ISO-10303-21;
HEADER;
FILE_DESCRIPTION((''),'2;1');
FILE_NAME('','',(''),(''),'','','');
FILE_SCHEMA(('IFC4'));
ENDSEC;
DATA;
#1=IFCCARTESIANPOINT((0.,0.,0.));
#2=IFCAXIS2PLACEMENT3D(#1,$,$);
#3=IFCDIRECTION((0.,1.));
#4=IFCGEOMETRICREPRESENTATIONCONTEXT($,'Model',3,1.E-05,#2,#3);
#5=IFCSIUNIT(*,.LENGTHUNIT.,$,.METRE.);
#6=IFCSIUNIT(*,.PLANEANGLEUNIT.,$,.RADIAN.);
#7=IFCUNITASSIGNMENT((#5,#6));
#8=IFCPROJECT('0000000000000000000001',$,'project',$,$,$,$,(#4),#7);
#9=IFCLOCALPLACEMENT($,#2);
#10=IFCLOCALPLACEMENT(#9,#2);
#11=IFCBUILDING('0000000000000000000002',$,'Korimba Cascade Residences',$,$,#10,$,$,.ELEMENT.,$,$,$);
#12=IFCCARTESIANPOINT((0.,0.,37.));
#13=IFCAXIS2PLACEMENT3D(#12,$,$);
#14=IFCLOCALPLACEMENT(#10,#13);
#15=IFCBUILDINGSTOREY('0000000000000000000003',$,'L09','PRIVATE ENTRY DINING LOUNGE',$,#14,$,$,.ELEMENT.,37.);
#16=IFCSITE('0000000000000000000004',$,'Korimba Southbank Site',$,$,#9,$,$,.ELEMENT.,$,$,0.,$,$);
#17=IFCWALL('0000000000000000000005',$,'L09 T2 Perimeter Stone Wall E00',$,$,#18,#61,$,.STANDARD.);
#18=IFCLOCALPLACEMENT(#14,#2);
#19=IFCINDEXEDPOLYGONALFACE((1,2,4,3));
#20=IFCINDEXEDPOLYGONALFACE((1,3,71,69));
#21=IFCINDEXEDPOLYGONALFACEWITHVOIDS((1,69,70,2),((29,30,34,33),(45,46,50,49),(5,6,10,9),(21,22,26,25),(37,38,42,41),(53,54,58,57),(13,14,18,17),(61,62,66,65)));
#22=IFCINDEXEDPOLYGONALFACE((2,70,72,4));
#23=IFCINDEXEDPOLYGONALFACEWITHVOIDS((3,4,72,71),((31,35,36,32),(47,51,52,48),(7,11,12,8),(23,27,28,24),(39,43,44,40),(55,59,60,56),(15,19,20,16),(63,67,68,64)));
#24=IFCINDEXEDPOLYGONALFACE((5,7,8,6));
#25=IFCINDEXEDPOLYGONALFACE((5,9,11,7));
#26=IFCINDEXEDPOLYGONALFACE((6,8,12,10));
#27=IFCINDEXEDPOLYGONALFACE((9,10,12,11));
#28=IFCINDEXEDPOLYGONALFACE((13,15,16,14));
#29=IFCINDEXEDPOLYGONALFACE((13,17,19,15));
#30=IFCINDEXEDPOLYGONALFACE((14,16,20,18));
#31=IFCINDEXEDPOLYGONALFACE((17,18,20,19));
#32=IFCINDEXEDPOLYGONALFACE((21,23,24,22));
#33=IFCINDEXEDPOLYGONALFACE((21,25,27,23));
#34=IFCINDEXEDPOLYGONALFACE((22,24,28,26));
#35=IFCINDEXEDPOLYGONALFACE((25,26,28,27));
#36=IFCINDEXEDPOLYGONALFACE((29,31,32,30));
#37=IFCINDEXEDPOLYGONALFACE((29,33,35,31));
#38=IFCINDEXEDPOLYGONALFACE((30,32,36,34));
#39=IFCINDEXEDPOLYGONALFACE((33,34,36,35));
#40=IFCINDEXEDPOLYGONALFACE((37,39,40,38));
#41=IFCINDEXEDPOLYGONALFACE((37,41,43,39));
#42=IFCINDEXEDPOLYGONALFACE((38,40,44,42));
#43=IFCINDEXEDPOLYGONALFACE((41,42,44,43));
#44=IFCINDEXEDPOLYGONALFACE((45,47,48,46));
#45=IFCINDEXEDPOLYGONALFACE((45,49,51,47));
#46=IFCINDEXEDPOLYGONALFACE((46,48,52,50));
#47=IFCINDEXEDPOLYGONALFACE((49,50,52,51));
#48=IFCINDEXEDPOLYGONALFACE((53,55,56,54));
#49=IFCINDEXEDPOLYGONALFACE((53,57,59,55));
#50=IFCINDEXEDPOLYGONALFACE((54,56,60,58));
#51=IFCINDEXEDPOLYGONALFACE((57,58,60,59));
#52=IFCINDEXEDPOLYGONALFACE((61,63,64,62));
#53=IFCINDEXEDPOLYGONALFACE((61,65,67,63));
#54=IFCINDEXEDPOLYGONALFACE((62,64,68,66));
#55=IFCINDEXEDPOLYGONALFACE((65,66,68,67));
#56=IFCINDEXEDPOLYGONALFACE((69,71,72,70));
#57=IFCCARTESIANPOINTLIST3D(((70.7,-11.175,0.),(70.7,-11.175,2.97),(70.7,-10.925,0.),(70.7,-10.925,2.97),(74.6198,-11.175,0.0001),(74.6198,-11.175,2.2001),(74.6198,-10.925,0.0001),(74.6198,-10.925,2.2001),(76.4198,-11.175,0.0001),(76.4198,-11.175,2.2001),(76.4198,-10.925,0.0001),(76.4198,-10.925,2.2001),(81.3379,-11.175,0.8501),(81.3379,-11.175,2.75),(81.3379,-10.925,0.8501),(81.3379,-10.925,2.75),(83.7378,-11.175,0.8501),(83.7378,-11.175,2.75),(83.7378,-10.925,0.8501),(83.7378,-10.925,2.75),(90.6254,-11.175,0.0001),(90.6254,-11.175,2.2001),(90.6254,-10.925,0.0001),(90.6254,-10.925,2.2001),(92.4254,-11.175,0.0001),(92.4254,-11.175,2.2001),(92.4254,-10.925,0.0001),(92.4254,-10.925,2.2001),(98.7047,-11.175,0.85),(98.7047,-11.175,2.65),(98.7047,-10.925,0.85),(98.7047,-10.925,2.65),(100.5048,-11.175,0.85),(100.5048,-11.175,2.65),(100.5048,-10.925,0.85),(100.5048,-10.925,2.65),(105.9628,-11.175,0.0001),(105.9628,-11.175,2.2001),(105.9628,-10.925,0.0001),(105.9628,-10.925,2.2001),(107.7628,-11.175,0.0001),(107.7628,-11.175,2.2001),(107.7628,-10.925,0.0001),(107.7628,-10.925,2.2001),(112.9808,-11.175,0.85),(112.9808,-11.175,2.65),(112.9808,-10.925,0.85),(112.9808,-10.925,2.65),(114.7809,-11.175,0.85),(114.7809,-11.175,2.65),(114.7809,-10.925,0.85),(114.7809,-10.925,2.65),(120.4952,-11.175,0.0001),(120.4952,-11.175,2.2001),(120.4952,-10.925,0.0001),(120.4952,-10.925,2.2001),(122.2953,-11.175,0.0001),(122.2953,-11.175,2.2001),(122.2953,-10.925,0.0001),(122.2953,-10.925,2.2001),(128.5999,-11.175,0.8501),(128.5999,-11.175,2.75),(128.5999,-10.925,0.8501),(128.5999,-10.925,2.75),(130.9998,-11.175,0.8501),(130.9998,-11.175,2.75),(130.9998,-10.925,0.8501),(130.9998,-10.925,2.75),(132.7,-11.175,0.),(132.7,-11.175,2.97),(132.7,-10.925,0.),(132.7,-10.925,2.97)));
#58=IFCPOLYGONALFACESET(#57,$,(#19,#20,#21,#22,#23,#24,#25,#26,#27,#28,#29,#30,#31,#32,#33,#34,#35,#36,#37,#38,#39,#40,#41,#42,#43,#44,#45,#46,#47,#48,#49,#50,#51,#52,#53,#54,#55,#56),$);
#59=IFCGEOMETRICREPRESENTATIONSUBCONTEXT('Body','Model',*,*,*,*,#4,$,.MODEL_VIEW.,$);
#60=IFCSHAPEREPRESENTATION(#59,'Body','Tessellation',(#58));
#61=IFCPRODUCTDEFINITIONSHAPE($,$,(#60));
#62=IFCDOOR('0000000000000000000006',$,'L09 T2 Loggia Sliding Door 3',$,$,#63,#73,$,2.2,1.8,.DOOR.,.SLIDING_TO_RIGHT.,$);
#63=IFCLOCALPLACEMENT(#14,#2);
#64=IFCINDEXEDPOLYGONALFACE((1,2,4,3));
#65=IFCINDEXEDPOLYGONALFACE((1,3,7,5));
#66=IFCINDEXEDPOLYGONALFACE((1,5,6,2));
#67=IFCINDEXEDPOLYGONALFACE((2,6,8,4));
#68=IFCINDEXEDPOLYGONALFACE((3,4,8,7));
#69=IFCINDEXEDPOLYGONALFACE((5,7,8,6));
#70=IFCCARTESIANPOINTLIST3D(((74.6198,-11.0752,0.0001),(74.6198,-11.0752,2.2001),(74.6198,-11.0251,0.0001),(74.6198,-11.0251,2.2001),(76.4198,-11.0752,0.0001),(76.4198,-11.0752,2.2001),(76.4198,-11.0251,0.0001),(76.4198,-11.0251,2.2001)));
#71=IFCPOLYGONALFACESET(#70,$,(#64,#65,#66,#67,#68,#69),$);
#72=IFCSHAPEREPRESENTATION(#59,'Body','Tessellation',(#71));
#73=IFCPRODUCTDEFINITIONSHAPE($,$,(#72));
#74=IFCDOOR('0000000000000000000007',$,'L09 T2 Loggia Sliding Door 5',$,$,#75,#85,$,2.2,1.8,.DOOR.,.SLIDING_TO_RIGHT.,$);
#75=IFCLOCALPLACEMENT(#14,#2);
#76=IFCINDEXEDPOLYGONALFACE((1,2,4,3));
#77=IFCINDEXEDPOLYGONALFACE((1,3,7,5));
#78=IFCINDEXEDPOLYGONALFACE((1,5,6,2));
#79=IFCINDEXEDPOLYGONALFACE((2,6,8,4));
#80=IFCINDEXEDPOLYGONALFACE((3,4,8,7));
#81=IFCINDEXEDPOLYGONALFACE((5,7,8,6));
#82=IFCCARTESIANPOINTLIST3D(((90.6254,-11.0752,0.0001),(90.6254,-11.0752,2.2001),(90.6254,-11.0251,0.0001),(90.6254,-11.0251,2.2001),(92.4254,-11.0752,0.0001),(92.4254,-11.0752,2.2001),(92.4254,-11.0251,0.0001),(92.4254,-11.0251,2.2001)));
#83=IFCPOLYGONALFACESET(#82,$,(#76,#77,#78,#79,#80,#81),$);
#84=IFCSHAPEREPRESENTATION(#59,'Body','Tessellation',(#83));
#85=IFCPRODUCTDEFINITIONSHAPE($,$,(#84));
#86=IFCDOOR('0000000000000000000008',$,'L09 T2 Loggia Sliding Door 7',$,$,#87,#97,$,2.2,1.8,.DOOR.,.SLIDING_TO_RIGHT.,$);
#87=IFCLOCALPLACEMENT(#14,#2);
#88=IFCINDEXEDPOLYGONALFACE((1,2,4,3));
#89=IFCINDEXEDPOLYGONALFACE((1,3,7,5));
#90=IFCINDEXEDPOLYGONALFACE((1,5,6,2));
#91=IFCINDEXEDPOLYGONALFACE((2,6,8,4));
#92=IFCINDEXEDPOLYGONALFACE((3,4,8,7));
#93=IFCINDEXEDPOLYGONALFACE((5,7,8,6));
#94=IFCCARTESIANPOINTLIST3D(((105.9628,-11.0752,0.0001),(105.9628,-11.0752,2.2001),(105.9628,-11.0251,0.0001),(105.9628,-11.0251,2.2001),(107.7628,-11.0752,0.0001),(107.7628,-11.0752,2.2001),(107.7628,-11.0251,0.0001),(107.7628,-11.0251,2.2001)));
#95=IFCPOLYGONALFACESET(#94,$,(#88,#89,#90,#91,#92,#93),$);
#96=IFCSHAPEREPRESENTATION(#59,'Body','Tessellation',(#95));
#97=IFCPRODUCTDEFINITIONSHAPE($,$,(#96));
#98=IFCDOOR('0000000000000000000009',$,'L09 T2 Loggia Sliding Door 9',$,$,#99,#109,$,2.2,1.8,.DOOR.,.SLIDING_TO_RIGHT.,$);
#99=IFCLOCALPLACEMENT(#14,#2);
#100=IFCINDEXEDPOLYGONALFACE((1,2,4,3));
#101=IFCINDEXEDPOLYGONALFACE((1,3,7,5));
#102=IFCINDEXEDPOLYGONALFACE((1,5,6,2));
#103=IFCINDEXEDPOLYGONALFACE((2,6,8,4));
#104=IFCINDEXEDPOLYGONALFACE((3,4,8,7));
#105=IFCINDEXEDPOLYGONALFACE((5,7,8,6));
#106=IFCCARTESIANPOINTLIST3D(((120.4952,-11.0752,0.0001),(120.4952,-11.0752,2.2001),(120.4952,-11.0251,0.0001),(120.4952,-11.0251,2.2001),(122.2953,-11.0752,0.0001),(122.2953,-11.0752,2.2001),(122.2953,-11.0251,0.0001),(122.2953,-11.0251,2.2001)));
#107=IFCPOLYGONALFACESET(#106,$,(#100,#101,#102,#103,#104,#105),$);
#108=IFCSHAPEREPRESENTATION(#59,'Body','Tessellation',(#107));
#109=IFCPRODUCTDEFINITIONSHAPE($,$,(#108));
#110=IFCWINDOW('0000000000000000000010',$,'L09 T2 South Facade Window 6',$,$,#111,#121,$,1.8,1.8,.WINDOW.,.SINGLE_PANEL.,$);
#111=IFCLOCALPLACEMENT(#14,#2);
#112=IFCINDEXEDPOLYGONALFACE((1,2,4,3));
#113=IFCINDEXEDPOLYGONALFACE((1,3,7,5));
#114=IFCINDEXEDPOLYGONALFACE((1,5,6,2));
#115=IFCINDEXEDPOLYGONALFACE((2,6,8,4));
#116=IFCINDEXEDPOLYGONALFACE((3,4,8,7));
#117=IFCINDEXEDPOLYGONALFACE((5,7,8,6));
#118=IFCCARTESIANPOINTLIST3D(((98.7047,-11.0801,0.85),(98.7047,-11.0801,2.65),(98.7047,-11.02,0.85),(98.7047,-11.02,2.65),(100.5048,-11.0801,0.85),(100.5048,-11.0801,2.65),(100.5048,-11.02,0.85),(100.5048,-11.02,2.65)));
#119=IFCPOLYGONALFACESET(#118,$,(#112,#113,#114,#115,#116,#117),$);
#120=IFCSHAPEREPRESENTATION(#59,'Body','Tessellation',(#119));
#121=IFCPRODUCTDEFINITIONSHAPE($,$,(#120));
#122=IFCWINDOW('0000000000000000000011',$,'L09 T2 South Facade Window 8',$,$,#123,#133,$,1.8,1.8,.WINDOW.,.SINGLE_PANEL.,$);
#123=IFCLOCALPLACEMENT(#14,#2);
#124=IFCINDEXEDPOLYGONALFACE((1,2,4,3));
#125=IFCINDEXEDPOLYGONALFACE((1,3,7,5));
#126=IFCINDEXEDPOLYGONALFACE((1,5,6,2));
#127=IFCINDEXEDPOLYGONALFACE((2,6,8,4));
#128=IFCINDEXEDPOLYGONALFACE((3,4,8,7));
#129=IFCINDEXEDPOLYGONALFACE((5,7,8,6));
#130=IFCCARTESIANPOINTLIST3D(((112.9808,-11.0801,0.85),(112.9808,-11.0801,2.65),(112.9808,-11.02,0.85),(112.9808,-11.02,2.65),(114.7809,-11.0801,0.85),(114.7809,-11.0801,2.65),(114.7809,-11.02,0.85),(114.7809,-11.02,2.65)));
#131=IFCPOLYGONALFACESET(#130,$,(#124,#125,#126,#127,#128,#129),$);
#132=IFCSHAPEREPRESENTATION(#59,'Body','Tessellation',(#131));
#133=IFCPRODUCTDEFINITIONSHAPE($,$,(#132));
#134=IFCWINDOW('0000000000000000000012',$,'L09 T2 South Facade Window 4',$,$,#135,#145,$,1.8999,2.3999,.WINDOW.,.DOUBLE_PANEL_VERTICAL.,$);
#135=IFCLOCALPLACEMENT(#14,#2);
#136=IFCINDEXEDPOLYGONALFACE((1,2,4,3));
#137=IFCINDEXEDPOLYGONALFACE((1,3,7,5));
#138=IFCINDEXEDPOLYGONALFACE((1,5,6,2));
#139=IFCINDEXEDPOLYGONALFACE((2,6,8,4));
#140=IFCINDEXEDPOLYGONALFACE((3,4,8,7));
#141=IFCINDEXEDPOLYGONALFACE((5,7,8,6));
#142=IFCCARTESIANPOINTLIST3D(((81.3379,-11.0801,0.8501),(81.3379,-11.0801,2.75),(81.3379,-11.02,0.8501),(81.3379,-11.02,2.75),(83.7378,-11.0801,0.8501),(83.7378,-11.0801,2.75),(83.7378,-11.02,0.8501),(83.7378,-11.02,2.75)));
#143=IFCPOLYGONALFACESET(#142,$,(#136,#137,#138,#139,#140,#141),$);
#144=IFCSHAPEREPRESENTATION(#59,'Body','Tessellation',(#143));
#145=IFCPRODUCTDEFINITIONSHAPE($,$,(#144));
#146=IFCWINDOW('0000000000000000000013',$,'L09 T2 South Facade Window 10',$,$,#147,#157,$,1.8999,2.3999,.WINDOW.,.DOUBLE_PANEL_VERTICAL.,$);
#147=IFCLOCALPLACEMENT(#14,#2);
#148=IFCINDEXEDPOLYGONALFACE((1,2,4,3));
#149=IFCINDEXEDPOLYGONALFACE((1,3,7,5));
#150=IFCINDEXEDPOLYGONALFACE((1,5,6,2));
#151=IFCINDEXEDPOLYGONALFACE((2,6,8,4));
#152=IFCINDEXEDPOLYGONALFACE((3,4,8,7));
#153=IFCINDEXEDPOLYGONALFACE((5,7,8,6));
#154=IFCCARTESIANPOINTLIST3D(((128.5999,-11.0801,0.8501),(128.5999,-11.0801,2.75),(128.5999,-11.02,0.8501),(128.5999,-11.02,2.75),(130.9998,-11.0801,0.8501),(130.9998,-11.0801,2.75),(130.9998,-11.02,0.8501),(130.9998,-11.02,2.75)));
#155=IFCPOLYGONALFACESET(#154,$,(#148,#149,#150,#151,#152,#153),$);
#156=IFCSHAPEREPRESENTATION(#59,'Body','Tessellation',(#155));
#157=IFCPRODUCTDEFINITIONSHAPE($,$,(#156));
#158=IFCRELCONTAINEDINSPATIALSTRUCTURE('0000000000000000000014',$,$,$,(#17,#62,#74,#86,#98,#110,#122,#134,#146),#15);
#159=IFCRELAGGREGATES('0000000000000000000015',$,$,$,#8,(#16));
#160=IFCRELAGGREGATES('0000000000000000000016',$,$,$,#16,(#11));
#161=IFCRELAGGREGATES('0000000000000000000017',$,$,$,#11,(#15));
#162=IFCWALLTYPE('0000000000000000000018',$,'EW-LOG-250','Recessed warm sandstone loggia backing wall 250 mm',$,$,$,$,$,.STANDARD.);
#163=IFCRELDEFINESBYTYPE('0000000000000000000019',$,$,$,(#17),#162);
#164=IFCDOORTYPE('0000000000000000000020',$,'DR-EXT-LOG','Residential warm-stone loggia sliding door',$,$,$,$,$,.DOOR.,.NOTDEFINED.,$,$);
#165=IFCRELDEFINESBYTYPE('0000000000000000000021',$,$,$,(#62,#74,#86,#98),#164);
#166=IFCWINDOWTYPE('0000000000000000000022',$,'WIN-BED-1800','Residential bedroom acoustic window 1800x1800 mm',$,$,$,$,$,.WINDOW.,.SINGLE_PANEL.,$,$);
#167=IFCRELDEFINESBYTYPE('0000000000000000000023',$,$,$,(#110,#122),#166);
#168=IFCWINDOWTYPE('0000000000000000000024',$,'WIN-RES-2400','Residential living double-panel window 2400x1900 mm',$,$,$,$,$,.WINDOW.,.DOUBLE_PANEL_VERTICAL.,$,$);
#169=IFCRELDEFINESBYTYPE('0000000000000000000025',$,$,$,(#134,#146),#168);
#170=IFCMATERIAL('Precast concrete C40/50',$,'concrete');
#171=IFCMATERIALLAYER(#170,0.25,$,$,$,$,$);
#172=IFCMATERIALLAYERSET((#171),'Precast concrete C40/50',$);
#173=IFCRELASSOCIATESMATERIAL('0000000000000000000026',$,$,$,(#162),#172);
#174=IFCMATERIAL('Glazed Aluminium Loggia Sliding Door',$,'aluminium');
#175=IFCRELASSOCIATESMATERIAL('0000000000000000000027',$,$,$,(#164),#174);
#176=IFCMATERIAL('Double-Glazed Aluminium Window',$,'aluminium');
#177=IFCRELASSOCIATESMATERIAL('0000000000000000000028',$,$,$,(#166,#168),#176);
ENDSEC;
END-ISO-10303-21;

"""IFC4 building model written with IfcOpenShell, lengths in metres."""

from ifc_helpers import new_model, si_unit, direction, frame, frame_2d, origin, place, context, subcontext, project, spatial, rectangle, extrude, material, layer, layer_set, type_object, element, fill, save


model = new_model("IFC4")

# Units and contexts
model_context = context("Model", 3, precision=1e-05, world=origin(), true_north=direction((0.0, 1.0)))
body_context = subcontext(model_context, "Body", "Model", "MODEL_VIEW")
ifc_project = project(units=[si_unit("LENGTHUNIT", "METRE"), si_unit("PLANEANGLEUNIT", "RADIAN")], contexts=[model_context])

# Site, building, storey
site_placement = place(None, origin())
site = spatial("IfcSite", under=ifc_project, at=site_placement, Name="Korimba Southbank Site", CompositionType="ELEMENT", RefElevation=0.0)
building_placement = place(site_placement, origin())
building = spatial("IfcBuilding", under=site, at=building_placement, Name="Korimba Cascade Residences", CompositionType="ELEMENT")
storey_placement = place(building_placement, frame((0.0, 0.0, 37.0)))
storey = spatial("IfcBuildingStorey", under=building, at=storey_placement, Name="L09", Description="PRIVATE ENTRY DINING LOUNGE", CompositionType="ELEMENT", Elevation=37.0)

# Wall, openings, doors, windows
ifc_material_1 = material(Name="Precast concrete C40/50", Category="concrete")
ifc_layer_1 = layer(ifc_material_1, 0.25)
ifc_layer_set_1 = layer_set([ifc_layer_1], Name="Precast concrete C40/50")
wall_type_1 = type_object("IfcWallType", Name="EW-LOG-250", Description="Recessed warm sandstone loggia backing wall 250 mm", PredefinedType="STANDARD", material=ifc_layer_set_1)
wall_1_placement = place(storey_placement, frame((70.7, -11.05, 0.0), z_axis=(0.0, 0.0, 1.0), x_axis=(1.0, 0.0, 0.0)))
wall_1 = element("IfcWall", 1, at=wall_1_placement, inside=storey, type_object=wall_type_1, Name="L09 T2 Perimeter Stone Wall E00", PredefinedType="STANDARD", context=body_context, shape_type="SweptSolid", body=[
    extrude(rectangle(XDim=62.0, YDim=0.25, at=frame_2d((31.0, 0.0))), origin(), (0.0, 0.0, 1.0), 2.97),
])
opening_1_placement = place(wall_1_placement, frame((3.9199, 0.0, 0.0)))
opening_1 = element("IfcOpeningElement", 2, at=opening_1_placement, cuts=wall_1, PredefinedType="OPENING", context=body_context, shape_type="SweptSolid", body=[
    extrude(rectangle(XDim=1.8, YDim=2.2, at=frame_2d((0.8999, 1.1001))), frame((0.0, 0.135, 0.0), z_axis=(0.0, -1.0, 0.0), x_axis=(1.0, 0.0, 0.0)), (0.0, 0.0, 1.0), 0.27),
])
opening_2_placement = place(wall_1_placement, frame((10.6379, 0.0, 0.8501)))
opening_2 = element("IfcOpeningElement", 3, at=opening_2_placement, cuts=wall_1, PredefinedType="OPENING", context=body_context, shape_type="SweptSolid", body=[
    extrude(rectangle(XDim=2.3999, YDim=1.8999, at=frame_2d((1.2, 0.95))), frame((0.0, 0.135, 0.0), z_axis=(0.0, -1.0, 0.0), x_axis=(1.0, 0.0, 0.0)), (0.0, 0.0, 1.0), 0.27),
])
opening_3_placement = place(wall_1_placement, frame((19.9255, 0.0, 0.0)))
opening_3 = element("IfcOpeningElement", 4, at=opening_3_placement, cuts=wall_1, PredefinedType="OPENING", context=body_context, shape_type="SweptSolid", body=[
    extrude(rectangle(XDim=1.8, YDim=2.2, at=frame_2d((0.8999, 1.1001))), frame((0.0, 0.135, 0.0), z_axis=(0.0, -1.0, 0.0), x_axis=(1.0, 0.0, 0.0)), (0.0, 0.0, 1.0), 0.27),
])
opening_4_placement = place(wall_1_placement, frame((28.0049, 0.0, 0.8501)))
opening_4 = element("IfcOpeningElement", 5, at=opening_4_placement, cuts=wall_1, PredefinedType="OPENING", context=body_context, shape_type="SweptSolid", body=[
    extrude(rectangle(XDim=1.8, YDim=1.8, at=frame_2d((0.8999, 0.8999))), frame((0.0, 0.135, 0.0), z_axis=(0.0, -1.0, 0.0), x_axis=(1.0, 0.0, 0.0)), (0.0, 0.0, 1.0), 0.27),
])
opening_5_placement = place(wall_1_placement, frame((35.2629, 0.0, 0.0)))
opening_5 = element("IfcOpeningElement", 6, at=opening_5_placement, cuts=wall_1, PredefinedType="OPENING", context=body_context, shape_type="SweptSolid", body=[
    extrude(rectangle(XDim=1.8, YDim=2.2, at=frame_2d((0.8999, 1.1001))), frame((0.0, 0.135, 0.0), z_axis=(0.0, -1.0, 0.0), x_axis=(1.0, 0.0, 0.0)), (0.0, 0.0, 1.0), 0.27),
])
opening_6_placement = place(wall_1_placement, frame((42.281, 0.0, 0.8501)))
opening_6 = element("IfcOpeningElement", 7, at=opening_6_placement, cuts=wall_1, PredefinedType="OPENING", context=body_context, shape_type="SweptSolid", body=[
    extrude(rectangle(XDim=1.8, YDim=1.8, at=frame_2d((0.8999, 0.8999))), frame((0.0, 0.135, 0.0), z_axis=(0.0, -1.0, 0.0), x_axis=(1.0, 0.0, 0.0)), (0.0, 0.0, 1.0), 0.27),
])
opening_7_placement = place(wall_1_placement, frame((49.7954, 0.0, 0.0)))
opening_7 = element("IfcOpeningElement", 8, at=opening_7_placement, cuts=wall_1, PredefinedType="OPENING", context=body_context, shape_type="SweptSolid", body=[
    extrude(rectangle(XDim=1.8, YDim=2.2, at=frame_2d((0.8999, 1.1001))), frame((0.0, 0.135, 0.0), z_axis=(0.0, -1.0, 0.0), x_axis=(1.0, 0.0, 0.0)), (0.0, 0.0, 1.0), 0.27),
])
opening_8_placement = place(wall_1_placement, frame((57.8999, 0.0, 0.8501)))
opening_8 = element("IfcOpeningElement", 9, at=opening_8_placement, cuts=wall_1, PredefinedType="OPENING", context=body_context, shape_type="SweptSolid", body=[
    extrude(rectangle(XDim=2.3999, YDim=1.8999, at=frame_2d((1.2, 0.95))), frame((0.0, 0.135, 0.0), z_axis=(0.0, -1.0, 0.0), x_axis=(1.0, 0.0, 0.0)), (0.0, 0.0, 1.0), 0.27),
])
ifc_material_2 = material(Name="Glazed Aluminium Loggia Sliding Door", Category="aluminium")
door_type_1 = type_object("IfcDoorType", Name="DR-EXT-LOG", Description="Residential warm-stone loggia sliding door", OperationType="NOTDEFINED", PredefinedType="DOOR", material=ifc_material_2)
door_1_placement = place(opening_1_placement, origin())
door_1 = element("IfcDoor", 10, at=door_1_placement, inside=storey, type_object=door_type_1, Name="L09 T2 Loggia Sliding Door 3", OperationType="SLIDING_TO_RIGHT", OverallHeight=2.2, OverallWidth=1.8, PredefinedType="DOOR", context=body_context, shape_type="SweptSolid", body=[
    extrude(rectangle(XDim=1.8, YDim=2.2, at=frame_2d((0.8999, 1.1001))), frame((0.0, 0.0249, 0.0), z_axis=(0.0, -1.0, 0.0), x_axis=(1.0, 0.0, 0.0)), (0.0, 0.0, 1.0), 0.05),
])
fill(opening_1, door_1)
door_2_placement = place(opening_3_placement, origin())
door_2 = element("IfcDoor", 11, at=door_2_placement, inside=storey, type_object=door_type_1, Name="L09 T2 Loggia Sliding Door 5", OperationType="SLIDING_TO_RIGHT", OverallHeight=2.2, OverallWidth=1.8, PredefinedType="DOOR", context=body_context, shape_type="SweptSolid", body=[
    extrude(rectangle(XDim=1.8, YDim=2.2, at=frame_2d((0.8999, 1.1001))), frame((0.0, 0.0249, 0.0), z_axis=(0.0, -1.0, 0.0), x_axis=(1.0, 0.0, 0.0)), (0.0, 0.0, 1.0), 0.05),
])
fill(opening_3, door_2)
door_3_placement = place(opening_5_placement, origin())
door_3 = element("IfcDoor", 12, at=door_3_placement, inside=storey, type_object=door_type_1, Name="L09 T2 Loggia Sliding Door 7", OperationType="SLIDING_TO_RIGHT", OverallHeight=2.2, OverallWidth=1.8, PredefinedType="DOOR", context=body_context, shape_type="SweptSolid", body=[
    extrude(rectangle(XDim=1.8, YDim=2.2, at=frame_2d((0.8999, 1.1001))), frame((0.0, 0.0249, 0.0), z_axis=(0.0, -1.0, 0.0), x_axis=(1.0, 0.0, 0.0)), (0.0, 0.0, 1.0), 0.05),
])
fill(opening_5, door_3)
door_4_placement = place(opening_7_placement, origin())
door_4 = element("IfcDoor", 13, at=door_4_placement, inside=storey, type_object=door_type_1, Name="L09 T2 Loggia Sliding Door 9", OperationType="SLIDING_TO_RIGHT", OverallHeight=2.2, OverallWidth=1.8, PredefinedType="DOOR", context=body_context, shape_type="SweptSolid", body=[
    extrude(rectangle(XDim=1.8, YDim=2.2, at=frame_2d((0.8999, 1.1001))), frame((0.0, 0.0249, 0.0), z_axis=(0.0, -1.0, 0.0), x_axis=(1.0, 0.0, 0.0)), (0.0, 0.0, 1.0), 0.05),
])
fill(opening_7, door_4)
ifc_material_3 = material(Name="Double-Glazed Aluminium Window", Category="aluminium")
window_type_1 = type_object("IfcWindowType", Name="WIN-BED-1800", Description="Residential bedroom acoustic window 1800x1800 mm", PartitioningType="SINGLE_PANEL", PredefinedType="WINDOW", material=ifc_material_3)
window_1_placement = place(opening_4_placement, origin())
window_1 = element("IfcWindow", 14, at=window_1_placement, inside=storey, type_object=window_type_1, Name="L09 T2 South Facade Window 6", OverallHeight=1.8, OverallWidth=1.8, PartitioningType="SINGLE_PANEL", PredefinedType="WINDOW", context=body_context, shape_type="SweptSolid", body=[
    extrude(rectangle(XDim=1.8, YDim=1.8, at=frame_2d((0.8999, 0.8999))), frame((0.0, 0.03, 0.0), z_axis=(0.0, -1.0, 0.0), x_axis=(1.0, 0.0, 0.0)), (0.0, 0.0, 1.0), 0.0601),
])
fill(opening_4, window_1)
window_2_placement = place(opening_6_placement, origin())
window_2 = element("IfcWindow", 15, at=window_2_placement, inside=storey, type_object=window_type_1, Name="L09 T2 South Facade Window 8", OverallHeight=1.8, OverallWidth=1.8, PartitioningType="SINGLE_PANEL", PredefinedType="WINDOW", context=body_context, shape_type="SweptSolid", body=[
    extrude(rectangle(XDim=1.8, YDim=1.8, at=frame_2d((0.8999, 0.8999))), frame((0.0, 0.03, 0.0), z_axis=(0.0, -1.0, 0.0), x_axis=(1.0, 0.0, 0.0)), (0.0, 0.0, 1.0), 0.0601),
])
fill(opening_6, window_2)
window_type_2 = type_object("IfcWindowType", Name="WIN-RES-2400", Description="Residential living double-panel window 2400x1900 mm", PartitioningType="DOUBLE_PANEL_VERTICAL", PredefinedType="WINDOW", material=ifc_material_3)
window_3_placement = place(opening_2_placement, origin())
window_3 = element("IfcWindow", 16, at=window_3_placement, inside=storey, type_object=window_type_2, Name="L09 T2 South Facade Window 4", OverallHeight=1.8999, OverallWidth=2.3999, PartitioningType="DOUBLE_PANEL_VERTICAL", PredefinedType="WINDOW", context=body_context, shape_type="SweptSolid", body=[
    extrude(rectangle(XDim=2.3999, YDim=1.8999, at=frame_2d((1.2, 0.95))), frame((0.0, 0.03, 0.0), z_axis=(0.0, -1.0, 0.0), x_axis=(1.0, 0.0, 0.0)), (0.0, 0.0, 1.0), 0.0601),
])
fill(opening_2, window_3)
window_4_placement = place(opening_8_placement, origin())
window_4 = element("IfcWindow", 17, at=window_4_placement, inside=storey, type_object=window_type_2, Name="L09 T2 South Facade Window 10", OverallHeight=1.8999, OverallWidth=2.3999, PartitioningType="DOUBLE_PANEL_VERTICAL", PredefinedType="WINDOW", context=body_context, shape_type="SweptSolid", body=[
    extrude(rectangle(XDim=2.3999, YDim=1.8999, at=frame_2d((1.2, 0.95))), frame((0.0, 0.03, 0.0), z_axis=(0.0, -1.0, 0.0), x_axis=(1.0, 0.0, 0.0)), (0.0, 0.0, 1.0), 0.0601),
])
fill(opening_8, window_4)

save(model, "model.ifc")
